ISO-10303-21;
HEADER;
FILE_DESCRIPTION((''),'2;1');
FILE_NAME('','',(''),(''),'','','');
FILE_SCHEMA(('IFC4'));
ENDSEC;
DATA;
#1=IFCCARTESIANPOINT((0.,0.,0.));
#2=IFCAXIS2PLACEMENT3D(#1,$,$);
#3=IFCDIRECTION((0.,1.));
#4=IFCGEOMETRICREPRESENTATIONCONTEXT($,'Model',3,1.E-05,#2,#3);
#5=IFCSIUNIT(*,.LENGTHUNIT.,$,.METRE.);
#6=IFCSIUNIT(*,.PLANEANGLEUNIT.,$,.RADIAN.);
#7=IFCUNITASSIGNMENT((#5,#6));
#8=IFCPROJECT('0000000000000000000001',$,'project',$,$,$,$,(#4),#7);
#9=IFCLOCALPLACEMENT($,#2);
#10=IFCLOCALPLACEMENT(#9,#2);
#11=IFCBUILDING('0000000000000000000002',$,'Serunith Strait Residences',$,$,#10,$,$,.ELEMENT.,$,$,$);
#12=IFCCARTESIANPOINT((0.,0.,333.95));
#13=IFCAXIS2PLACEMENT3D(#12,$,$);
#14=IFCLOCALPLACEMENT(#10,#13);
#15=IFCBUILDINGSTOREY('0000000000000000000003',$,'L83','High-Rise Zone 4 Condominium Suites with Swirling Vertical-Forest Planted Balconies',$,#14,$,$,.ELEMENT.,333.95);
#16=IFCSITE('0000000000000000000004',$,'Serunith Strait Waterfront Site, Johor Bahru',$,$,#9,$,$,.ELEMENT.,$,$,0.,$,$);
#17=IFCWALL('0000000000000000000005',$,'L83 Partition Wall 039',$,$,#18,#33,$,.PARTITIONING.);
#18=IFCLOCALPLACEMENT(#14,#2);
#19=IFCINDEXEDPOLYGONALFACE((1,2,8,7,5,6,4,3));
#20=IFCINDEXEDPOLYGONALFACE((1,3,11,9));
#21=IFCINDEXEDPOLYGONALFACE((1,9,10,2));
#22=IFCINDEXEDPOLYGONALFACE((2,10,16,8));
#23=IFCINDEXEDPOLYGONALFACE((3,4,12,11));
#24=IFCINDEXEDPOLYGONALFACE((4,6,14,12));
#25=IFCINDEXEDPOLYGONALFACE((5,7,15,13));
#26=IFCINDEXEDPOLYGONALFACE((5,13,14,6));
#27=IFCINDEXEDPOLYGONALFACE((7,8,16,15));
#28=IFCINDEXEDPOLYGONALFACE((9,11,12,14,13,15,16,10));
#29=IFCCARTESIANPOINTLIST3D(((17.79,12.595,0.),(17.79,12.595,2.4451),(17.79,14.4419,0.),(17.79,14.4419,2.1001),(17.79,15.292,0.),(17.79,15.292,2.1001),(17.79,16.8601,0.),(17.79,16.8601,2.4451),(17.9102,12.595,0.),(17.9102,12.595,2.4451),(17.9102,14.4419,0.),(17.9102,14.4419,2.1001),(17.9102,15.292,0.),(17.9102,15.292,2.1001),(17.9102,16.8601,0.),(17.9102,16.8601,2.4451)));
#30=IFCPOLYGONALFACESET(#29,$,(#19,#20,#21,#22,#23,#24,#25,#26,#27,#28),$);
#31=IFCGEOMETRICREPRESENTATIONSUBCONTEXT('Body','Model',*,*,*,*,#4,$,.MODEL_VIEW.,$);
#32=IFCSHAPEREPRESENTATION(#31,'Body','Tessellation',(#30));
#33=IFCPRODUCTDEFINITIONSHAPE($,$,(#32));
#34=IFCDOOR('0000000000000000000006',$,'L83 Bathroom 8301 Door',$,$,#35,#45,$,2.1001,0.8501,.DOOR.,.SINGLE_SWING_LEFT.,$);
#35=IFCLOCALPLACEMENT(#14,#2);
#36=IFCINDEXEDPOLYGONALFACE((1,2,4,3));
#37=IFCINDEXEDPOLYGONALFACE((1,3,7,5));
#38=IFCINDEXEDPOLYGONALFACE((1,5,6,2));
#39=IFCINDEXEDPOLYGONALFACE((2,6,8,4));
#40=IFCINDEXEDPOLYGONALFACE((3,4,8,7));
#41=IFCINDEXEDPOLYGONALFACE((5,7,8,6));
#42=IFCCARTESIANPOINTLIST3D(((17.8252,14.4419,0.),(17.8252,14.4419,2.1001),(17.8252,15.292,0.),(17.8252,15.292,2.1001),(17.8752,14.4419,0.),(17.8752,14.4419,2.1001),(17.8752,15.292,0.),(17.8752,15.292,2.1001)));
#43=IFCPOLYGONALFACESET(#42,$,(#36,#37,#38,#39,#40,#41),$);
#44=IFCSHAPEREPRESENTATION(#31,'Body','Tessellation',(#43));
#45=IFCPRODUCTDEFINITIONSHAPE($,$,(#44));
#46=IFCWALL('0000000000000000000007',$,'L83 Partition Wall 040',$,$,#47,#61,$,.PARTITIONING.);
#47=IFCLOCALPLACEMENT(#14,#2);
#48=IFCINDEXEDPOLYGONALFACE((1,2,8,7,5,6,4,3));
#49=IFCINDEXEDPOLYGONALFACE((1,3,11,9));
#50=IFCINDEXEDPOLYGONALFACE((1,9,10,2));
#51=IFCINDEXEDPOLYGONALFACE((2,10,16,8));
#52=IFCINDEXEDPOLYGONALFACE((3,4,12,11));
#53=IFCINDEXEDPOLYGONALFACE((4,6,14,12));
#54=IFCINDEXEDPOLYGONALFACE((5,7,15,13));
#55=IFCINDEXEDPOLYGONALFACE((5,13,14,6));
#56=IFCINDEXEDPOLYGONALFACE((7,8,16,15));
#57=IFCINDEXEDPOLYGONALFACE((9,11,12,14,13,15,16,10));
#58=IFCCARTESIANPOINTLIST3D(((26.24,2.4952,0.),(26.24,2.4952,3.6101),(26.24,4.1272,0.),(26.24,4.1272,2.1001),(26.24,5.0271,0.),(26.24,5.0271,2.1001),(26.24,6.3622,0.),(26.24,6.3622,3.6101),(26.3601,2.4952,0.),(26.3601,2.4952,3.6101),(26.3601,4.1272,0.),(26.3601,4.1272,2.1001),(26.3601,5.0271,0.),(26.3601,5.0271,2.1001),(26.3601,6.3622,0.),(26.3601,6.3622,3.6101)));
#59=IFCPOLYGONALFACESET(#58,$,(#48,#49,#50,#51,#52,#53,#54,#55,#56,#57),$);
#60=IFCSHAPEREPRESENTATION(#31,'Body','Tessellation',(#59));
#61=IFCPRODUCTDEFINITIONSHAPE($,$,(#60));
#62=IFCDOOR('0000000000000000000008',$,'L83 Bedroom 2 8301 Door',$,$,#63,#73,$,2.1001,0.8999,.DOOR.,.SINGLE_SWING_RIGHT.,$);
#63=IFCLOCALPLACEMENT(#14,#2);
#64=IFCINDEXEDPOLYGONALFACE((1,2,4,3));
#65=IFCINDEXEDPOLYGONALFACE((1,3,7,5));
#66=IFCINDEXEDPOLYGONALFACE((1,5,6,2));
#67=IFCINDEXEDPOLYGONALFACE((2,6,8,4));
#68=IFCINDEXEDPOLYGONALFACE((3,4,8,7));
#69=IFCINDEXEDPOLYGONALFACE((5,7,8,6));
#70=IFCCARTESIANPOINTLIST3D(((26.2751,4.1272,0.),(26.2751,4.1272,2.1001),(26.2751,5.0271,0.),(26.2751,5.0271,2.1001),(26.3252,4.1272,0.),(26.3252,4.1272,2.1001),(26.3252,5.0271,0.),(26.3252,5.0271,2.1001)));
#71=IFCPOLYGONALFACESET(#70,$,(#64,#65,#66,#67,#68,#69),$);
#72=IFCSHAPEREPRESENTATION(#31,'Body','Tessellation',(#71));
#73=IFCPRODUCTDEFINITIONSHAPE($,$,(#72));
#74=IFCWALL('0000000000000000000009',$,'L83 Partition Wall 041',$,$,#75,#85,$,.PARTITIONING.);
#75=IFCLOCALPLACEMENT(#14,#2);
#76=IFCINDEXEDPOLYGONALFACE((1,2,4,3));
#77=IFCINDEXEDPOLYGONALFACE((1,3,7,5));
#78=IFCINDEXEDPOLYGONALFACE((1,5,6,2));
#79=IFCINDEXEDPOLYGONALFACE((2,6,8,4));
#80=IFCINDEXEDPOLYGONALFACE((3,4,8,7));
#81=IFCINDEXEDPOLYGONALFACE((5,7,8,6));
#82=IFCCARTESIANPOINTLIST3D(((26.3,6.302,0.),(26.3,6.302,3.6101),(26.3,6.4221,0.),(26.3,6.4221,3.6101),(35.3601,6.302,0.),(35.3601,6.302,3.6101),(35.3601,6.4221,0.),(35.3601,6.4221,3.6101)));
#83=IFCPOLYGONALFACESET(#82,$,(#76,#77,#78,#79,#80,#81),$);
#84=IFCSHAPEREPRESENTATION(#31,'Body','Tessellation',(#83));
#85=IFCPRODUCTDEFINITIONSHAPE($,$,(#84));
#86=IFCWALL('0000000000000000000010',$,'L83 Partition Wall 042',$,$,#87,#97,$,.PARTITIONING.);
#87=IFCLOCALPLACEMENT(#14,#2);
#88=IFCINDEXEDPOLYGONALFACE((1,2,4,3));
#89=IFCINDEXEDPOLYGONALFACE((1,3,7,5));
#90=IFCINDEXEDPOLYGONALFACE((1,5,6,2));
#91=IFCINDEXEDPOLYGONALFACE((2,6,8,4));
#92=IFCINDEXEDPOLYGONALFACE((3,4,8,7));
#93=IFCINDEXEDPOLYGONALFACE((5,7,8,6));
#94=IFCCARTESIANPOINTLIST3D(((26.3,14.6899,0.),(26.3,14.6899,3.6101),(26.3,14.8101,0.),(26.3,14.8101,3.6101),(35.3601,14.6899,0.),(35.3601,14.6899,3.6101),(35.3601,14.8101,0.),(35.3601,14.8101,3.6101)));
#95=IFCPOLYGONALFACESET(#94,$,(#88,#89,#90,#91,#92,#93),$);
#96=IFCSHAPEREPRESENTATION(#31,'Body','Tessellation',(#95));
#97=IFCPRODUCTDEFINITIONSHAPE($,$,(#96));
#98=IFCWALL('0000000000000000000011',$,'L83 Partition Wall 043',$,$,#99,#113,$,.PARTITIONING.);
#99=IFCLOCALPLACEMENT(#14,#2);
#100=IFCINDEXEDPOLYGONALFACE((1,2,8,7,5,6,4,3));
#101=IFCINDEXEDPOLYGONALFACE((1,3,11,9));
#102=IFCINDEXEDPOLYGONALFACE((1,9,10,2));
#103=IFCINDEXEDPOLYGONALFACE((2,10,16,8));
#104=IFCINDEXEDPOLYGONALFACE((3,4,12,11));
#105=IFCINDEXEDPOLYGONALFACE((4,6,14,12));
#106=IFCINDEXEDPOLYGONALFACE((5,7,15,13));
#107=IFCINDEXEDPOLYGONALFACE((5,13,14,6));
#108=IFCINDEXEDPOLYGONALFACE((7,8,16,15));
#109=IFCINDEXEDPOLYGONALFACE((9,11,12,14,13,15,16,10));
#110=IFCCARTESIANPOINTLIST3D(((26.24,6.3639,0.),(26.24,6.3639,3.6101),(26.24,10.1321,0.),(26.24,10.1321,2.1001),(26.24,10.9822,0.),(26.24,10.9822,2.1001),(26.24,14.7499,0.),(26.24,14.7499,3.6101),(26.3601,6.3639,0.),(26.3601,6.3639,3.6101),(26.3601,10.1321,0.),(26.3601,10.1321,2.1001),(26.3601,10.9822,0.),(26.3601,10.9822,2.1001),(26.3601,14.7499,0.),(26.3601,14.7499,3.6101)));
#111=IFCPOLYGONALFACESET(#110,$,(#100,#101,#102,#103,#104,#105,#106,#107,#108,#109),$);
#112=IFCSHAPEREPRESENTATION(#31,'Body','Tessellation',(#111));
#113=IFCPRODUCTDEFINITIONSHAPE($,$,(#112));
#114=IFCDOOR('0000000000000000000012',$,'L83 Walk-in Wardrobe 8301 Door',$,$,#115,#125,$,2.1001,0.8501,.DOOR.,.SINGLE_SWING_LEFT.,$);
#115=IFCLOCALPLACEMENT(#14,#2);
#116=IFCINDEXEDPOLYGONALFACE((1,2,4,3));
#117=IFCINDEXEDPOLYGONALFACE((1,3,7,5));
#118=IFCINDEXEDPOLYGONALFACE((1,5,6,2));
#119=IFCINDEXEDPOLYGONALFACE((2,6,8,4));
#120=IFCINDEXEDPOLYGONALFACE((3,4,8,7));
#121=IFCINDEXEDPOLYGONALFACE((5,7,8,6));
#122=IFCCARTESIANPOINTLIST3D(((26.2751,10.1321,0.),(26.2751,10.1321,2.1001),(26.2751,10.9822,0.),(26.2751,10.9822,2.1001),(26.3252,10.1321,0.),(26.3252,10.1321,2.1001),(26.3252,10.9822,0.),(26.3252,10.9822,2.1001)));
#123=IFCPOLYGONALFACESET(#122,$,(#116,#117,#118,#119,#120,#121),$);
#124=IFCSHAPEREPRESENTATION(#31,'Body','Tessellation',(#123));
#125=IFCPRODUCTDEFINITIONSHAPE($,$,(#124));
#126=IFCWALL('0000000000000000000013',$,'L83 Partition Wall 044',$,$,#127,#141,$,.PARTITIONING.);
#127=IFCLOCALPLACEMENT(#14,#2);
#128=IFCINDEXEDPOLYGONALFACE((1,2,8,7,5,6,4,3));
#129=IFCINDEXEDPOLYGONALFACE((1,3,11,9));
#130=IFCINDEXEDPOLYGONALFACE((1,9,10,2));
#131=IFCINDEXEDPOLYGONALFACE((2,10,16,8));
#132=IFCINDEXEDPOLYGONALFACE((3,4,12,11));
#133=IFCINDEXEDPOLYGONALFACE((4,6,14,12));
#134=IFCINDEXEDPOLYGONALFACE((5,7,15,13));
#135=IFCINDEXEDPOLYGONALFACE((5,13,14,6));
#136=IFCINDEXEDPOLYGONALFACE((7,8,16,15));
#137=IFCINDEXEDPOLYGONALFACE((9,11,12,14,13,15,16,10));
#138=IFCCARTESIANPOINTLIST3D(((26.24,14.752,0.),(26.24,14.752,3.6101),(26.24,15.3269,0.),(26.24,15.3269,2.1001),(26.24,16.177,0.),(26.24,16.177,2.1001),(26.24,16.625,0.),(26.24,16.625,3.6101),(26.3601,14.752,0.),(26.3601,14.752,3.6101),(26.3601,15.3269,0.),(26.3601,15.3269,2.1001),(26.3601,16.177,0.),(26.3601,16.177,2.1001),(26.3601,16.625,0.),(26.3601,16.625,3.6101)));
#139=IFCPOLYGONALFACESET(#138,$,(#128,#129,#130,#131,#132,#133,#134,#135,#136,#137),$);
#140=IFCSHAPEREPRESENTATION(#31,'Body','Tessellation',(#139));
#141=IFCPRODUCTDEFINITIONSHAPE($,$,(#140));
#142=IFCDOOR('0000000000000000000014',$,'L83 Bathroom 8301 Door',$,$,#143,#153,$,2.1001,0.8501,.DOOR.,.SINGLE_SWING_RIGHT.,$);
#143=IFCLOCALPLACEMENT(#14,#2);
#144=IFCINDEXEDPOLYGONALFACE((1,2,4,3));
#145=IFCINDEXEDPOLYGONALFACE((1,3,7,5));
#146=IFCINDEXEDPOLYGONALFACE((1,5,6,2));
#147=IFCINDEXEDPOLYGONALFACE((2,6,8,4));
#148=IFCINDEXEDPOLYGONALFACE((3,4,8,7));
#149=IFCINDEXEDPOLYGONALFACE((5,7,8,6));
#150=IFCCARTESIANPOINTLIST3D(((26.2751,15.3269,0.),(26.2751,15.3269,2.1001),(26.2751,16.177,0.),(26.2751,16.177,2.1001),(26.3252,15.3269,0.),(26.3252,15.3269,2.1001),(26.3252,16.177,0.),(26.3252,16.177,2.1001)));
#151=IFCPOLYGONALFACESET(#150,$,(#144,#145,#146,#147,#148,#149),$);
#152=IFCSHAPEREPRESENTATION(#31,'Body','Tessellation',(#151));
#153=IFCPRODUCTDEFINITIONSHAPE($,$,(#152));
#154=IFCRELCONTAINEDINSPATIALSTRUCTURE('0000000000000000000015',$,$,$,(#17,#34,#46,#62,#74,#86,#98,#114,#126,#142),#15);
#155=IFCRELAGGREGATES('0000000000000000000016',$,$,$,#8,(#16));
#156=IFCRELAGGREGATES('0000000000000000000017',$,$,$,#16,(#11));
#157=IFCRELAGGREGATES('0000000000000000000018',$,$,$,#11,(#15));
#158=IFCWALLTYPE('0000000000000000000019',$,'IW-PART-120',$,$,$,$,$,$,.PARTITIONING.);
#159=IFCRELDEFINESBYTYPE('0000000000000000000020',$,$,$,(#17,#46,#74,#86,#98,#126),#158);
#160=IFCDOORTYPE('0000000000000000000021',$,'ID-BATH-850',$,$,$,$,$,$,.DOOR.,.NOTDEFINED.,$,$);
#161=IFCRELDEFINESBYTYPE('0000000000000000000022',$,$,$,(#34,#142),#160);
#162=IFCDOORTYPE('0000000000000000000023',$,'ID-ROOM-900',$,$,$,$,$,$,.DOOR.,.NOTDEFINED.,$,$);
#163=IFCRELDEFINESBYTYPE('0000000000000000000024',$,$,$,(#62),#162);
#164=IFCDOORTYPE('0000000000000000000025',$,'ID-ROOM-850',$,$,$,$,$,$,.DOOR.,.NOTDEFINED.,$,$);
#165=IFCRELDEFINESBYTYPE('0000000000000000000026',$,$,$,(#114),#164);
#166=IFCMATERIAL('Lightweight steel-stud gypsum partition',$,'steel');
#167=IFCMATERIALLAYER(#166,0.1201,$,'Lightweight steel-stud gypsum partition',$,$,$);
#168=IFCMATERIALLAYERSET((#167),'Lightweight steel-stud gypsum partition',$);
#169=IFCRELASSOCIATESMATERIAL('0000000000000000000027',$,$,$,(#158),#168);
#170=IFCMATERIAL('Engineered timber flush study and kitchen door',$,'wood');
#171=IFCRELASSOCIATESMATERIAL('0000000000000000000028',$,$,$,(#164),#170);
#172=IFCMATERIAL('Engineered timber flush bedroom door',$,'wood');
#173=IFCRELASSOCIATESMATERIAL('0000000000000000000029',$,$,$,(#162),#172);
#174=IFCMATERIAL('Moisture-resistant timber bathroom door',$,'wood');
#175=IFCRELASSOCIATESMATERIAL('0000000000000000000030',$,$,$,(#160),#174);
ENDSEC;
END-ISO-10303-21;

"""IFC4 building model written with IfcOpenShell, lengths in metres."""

from ifc_helpers import new_model, si_unit, direction, frame, frame_2d, origin, place, context, subcontext, project, spatial, rectangle, extrude, source, transform, mapped, material, layer, layer_set, type_object, element, fill, save


model = new_model("IFC4")

# Units and contexts
model_context = context("Model", 3, precision=1e-05, world=origin(), true_north=direction((0.0, 1.0)))
body_context = subcontext(model_context, "Body", "Model", "MODEL_VIEW")
ifc_project = project(units=[si_unit("LENGTHUNIT", "METRE"), si_unit("PLANEANGLEUNIT", "RADIAN")], contexts=[model_context])

# Site, building, storey
site_placement = place(None, origin())
site = spatial("IfcSite", under=ifc_project, at=site_placement, Name="Serunith Strait Waterfront Site, Johor Bahru", CompositionType="ELEMENT", RefElevation=0.0)
building_placement = place(site_placement, origin())
building = spatial("IfcBuilding", under=site, at=building_placement, Name="Serunith Strait Residences", CompositionType="ELEMENT")
storey_placement = place(building_placement, frame((0.0, 0.0, 333.95)))
storey = spatial("IfcBuildingStorey", under=building, at=storey_placement, Name="L83", Description="High-Rise Zone 4 Condominium Suites with Swirling Vertical-Forest Planted Balconies", CompositionType="ELEMENT", Elevation=333.95)

# Shared definitions
ifc_material_1 = material(Name="Lightweight steel-stud gypsum partition", Category="steel")
ifc_layer_1 = layer(ifc_material_1, 0.1201, Name="Lightweight steel-stud gypsum partition")
ifc_layer_set_1 = layer_set([ifc_layer_1], Name="Lightweight steel-stud gypsum partition")
wall_type = type_object("IfcWallType", Name="IW-PART-120", PredefinedType="PARTITIONING", material=ifc_layer_set_1)
ifc_material_2 = material(Name="Engineered timber flush study and kitchen door", Category="wood")
door_type_1 = type_object("IfcDoorType", Name="ID-ROOM-850", OperationType="NOTDEFINED", PredefinedType="DOOR", material=ifc_material_2)
shared_shape_1 = source(origin(), body_context, "Body", "SweptSolid", [
    extrude(rectangle(XDim=0.8501, YDim=2.1001, at=frame_2d((0.425, 1.05))), frame((0.0, 0.0249, 0.0), z_axis=(0.0, -1.0, 0.0), x_axis=(1.0, 0.0, 0.0)), (0.0, 0.0, 1.0), 0.05),
])

# Walls, openings, doors
ifc_material_3 = material(Name="Engineered timber flush bedroom door", Category="wood")
door_type_2 = type_object("IfcDoorType", Name="ID-ROOM-900", OperationType="NOTDEFINED", PredefinedType="DOOR", material=ifc_material_3)
shared_shape_2 = source(origin(), body_context, "Body", "SweptSolid", [
    extrude(rectangle(XDim=0.8999, YDim=2.1001, at=frame_2d((0.45, 1.05))), frame((0.0, 0.0249, 0.0), z_axis=(0.0, -1.0, 0.0), x_axis=(1.0, 0.0, 0.0)), (0.0, 0.0, 1.0), 0.05),
])
wall_1_placement = place(storey_placement, frame((17.8501, 12.595, 0.0), z_axis=(0.0, 0.0, 1.0), x_axis=(0.0, 1.0, 0.0)))
wall_1 = element("IfcWall", 1, at=wall_1_placement, inside=storey, type_object=wall_type, Name="L83 Partition Wall 039", PredefinedType="PARTITIONING", context=body_context, shape_type="SweptSolid", body=[
    extrude(rectangle(XDim=4.2651, YDim=0.1201, at=frame_2d((2.1326, 0.0))), origin(), (0.0, 0.0, 1.0), 2.4451),
])
opening_1_placement = place(wall_1_placement, frame((1.8469, 0.0, 0.0)))
opening_1 = element("IfcOpeningElement", 2, at=opening_1_placement, cuts=wall_1, PredefinedType="OPENING", context=body_context, shape_type="SweptSolid", body=[
    extrude(rectangle(XDim=0.8501, YDim=2.1001, at=frame_2d((0.425, 1.05))), frame((0.0, 0.0701, 0.0), z_axis=(0.0, -1.0, 0.0), x_axis=(1.0, 0.0, 0.0)), (0.0, 0.0, 1.0), 0.1401),
])
ifc_material_4 = material(Name="Moisture-resistant timber bathroom door", Category="wood")
door_type_3 = type_object("IfcDoorType", Name="ID-BATH-850", OperationType="NOTDEFINED", PredefinedType="DOOR", material=ifc_material_4)
door_1_placement = place(opening_1_placement, origin())
door_1 = element("IfcDoor", 3, at=door_1_placement, inside=storey, type_object=door_type_3, Name="L83 Bathroom 8301 Door", OperationType="SINGLE_SWING_LEFT", OverallHeight=2.1001, OverallWidth=0.8501, PredefinedType="DOOR", context=body_context, shape_type="MappedRepresentation", body=[
    mapped(shared_shape_1, transform((0.0, 0.0, 0.0), scale=1.0)),
])
fill(opening_1, door_1)
wall_2_placement = place(storey_placement, frame((26.3, 2.4951, 0.0), z_axis=(0.0, 0.0, 1.0), x_axis=(0.0, 1.0, 0.0)))
wall_2 = element("IfcWall", 4, at=wall_2_placement, inside=storey, type_object=wall_type, Name="L83 Partition Wall 040", PredefinedType="PARTITIONING", context=body_context, shape_type="SweptSolid", body=[
    extrude(rectangle(XDim=3.8669, YDim=0.1201, at=frame_2d((1.9336, 0.0))), origin(), (0.0, 0.0, 1.0), 3.6101),
])
opening_2_placement = place(wall_2_placement, frame((1.6321, 0.0, 0.0)))
opening_2 = element("IfcOpeningElement", 5, at=opening_2_placement, cuts=wall_2, PredefinedType="OPENING", context=body_context, shape_type="SweptSolid", body=[
    extrude(rectangle(XDim=0.8999, YDim=2.1001, at=frame_2d((0.45, 1.05))), frame((0.0, 0.0701, 0.0), z_axis=(0.0, -1.0, 0.0), x_axis=(1.0, 0.0, 0.0)), (0.0, 0.0, 1.0), 0.1401),
])
door_2_placement = place(opening_2_placement, origin())
door_2 = element("IfcDoor", 6, at=door_2_placement, inside=storey, type_object=door_type_2, Name="L83 Bedroom 2 8301 Door", OperationType="SINGLE_SWING_RIGHT", OverallHeight=2.1001, OverallWidth=0.8999, PredefinedType="DOOR", context=body_context, shape_type="MappedRepresentation", body=[
    mapped(shared_shape_2, transform((0.0, 0.0, 0.0), scale=1.0)),
])
fill(opening_2, door_2)

# Walls
for number, where, z_axis, x_axis, name in (
    (7, (26.3, 6.3621, 0.0), (0.0, 0.0, 1.0), (1.0, 0.0, 0.0), "L83 Partition Wall 041"),
    (8, (26.3, 14.75, 0.0), (0.0, 0.0, 1.0), (1.0, 0.0, 0.0), "L83 Partition Wall 042"),
):
    element("IfcWall", number, at=place(storey_placement, frame(where, z_axis=z_axis, x_axis=x_axis)), inside=storey, type_object=wall_type, Name=name, PredefinedType="PARTITIONING", context=body_context, shape_type="SweptSolid", body=[
        extrude(rectangle(XDim=9.0601, YDim=0.1201, at=frame_2d((4.53, 0.0))), origin(), (0.0, 0.0, 1.0), 3.6101),
    ])

# Walls, openings, doors
wall_3_placement = place(storey_placement, frame((26.3, 6.364, 0.0), z_axis=(0.0, 0.0, 1.0), x_axis=(0.0, 1.0, 0.0)))
wall_3 = element("IfcWall", 9, at=wall_3_placement, inside=storey, type_object=wall_type, Name="L83 Partition Wall 043", PredefinedType="PARTITIONING", context=body_context, shape_type="SweptSolid", body=[
    extrude(rectangle(XDim=8.386, YDim=0.1201, at=frame_2d((4.1929, 0.0))), origin(), (0.0, 0.0, 1.0), 3.6101),
])
opening_3_placement = place(wall_3_placement, frame((3.7681, 0.0, 0.0)))
opening_3 = element("IfcOpeningElement", 10, at=opening_3_placement, cuts=wall_3, PredefinedType="OPENING", context=body_context, shape_type="SweptSolid", body=[
    extrude(rectangle(XDim=0.8501, YDim=2.1001, at=frame_2d((0.425, 1.05))), frame((0.0, 0.0701, 0.0), z_axis=(0.0, -1.0, 0.0), x_axis=(1.0, 0.0, 0.0)), (0.0, 0.0, 1.0), 0.1401),
])
door_3_placement = place(opening_3_placement, origin())
door_3 = element("IfcDoor", 11, at=door_3_placement, inside=storey, type_object=door_type_1, Name="L83 Walk-in Wardrobe 8301 Door", OperationType="SINGLE_SWING_LEFT", OverallHeight=2.1001, OverallWidth=0.8501, PredefinedType="DOOR", context=body_context, shape_type="MappedRepresentation", body=[
    mapped(shared_shape_1, transform((0.0, 0.0, 0.0), scale=1.0)),
])
fill(opening_3, door_3)
wall_4_placement = place(storey_placement, frame((26.3, 14.752, 0.0), z_axis=(0.0, 0.0, 1.0), x_axis=(0.0, 1.0, 0.0)))
wall_4 = element("IfcWall", 12, at=wall_4_placement, inside=storey, type_object=wall_type, Name="L83 Partition Wall 044", PredefinedType="PARTITIONING", context=body_context, shape_type="SweptSolid", body=[
    extrude(rectangle(XDim=1.873, YDim=0.1201, at=frame_2d((0.9365, 0.0))), origin(), (0.0, 0.0, 1.0), 3.6101),
])
opening_4_placement = place(wall_4_placement, frame((0.575, 0.0, 0.0)))
opening_4 = element("IfcOpeningElement", 13, at=opening_4_placement, cuts=wall_4, PredefinedType="OPENING", context=body_context, shape_type="SweptSolid", body=[
    extrude(rectangle(XDim=0.8501, YDim=2.1001, at=frame_2d((0.425, 1.05))), frame((0.0, 0.0701, 0.0), z_axis=(0.0, -1.0, 0.0), x_axis=(1.0, 0.0, 0.0)), (0.0, 0.0, 1.0), 0.1401),
])
door_4_placement = place(opening_4_placement, origin())
door_4 = element("IfcDoor", 14, at=door_4_placement, inside=storey, type_object=door_type_3, Name="L83 Bathroom 8301 Door", OperationType="SINGLE_SWING_RIGHT", OverallHeight=2.1001, OverallWidth=0.8501, PredefinedType="DOOR", context=body_context, shape_type="MappedRepresentation", body=[
    mapped(shared_shape_1, transform((0.0, 0.0, 0.0), scale=1.0)),
])
fill(opening_4, door_4)

save(model, "model.ifc")
